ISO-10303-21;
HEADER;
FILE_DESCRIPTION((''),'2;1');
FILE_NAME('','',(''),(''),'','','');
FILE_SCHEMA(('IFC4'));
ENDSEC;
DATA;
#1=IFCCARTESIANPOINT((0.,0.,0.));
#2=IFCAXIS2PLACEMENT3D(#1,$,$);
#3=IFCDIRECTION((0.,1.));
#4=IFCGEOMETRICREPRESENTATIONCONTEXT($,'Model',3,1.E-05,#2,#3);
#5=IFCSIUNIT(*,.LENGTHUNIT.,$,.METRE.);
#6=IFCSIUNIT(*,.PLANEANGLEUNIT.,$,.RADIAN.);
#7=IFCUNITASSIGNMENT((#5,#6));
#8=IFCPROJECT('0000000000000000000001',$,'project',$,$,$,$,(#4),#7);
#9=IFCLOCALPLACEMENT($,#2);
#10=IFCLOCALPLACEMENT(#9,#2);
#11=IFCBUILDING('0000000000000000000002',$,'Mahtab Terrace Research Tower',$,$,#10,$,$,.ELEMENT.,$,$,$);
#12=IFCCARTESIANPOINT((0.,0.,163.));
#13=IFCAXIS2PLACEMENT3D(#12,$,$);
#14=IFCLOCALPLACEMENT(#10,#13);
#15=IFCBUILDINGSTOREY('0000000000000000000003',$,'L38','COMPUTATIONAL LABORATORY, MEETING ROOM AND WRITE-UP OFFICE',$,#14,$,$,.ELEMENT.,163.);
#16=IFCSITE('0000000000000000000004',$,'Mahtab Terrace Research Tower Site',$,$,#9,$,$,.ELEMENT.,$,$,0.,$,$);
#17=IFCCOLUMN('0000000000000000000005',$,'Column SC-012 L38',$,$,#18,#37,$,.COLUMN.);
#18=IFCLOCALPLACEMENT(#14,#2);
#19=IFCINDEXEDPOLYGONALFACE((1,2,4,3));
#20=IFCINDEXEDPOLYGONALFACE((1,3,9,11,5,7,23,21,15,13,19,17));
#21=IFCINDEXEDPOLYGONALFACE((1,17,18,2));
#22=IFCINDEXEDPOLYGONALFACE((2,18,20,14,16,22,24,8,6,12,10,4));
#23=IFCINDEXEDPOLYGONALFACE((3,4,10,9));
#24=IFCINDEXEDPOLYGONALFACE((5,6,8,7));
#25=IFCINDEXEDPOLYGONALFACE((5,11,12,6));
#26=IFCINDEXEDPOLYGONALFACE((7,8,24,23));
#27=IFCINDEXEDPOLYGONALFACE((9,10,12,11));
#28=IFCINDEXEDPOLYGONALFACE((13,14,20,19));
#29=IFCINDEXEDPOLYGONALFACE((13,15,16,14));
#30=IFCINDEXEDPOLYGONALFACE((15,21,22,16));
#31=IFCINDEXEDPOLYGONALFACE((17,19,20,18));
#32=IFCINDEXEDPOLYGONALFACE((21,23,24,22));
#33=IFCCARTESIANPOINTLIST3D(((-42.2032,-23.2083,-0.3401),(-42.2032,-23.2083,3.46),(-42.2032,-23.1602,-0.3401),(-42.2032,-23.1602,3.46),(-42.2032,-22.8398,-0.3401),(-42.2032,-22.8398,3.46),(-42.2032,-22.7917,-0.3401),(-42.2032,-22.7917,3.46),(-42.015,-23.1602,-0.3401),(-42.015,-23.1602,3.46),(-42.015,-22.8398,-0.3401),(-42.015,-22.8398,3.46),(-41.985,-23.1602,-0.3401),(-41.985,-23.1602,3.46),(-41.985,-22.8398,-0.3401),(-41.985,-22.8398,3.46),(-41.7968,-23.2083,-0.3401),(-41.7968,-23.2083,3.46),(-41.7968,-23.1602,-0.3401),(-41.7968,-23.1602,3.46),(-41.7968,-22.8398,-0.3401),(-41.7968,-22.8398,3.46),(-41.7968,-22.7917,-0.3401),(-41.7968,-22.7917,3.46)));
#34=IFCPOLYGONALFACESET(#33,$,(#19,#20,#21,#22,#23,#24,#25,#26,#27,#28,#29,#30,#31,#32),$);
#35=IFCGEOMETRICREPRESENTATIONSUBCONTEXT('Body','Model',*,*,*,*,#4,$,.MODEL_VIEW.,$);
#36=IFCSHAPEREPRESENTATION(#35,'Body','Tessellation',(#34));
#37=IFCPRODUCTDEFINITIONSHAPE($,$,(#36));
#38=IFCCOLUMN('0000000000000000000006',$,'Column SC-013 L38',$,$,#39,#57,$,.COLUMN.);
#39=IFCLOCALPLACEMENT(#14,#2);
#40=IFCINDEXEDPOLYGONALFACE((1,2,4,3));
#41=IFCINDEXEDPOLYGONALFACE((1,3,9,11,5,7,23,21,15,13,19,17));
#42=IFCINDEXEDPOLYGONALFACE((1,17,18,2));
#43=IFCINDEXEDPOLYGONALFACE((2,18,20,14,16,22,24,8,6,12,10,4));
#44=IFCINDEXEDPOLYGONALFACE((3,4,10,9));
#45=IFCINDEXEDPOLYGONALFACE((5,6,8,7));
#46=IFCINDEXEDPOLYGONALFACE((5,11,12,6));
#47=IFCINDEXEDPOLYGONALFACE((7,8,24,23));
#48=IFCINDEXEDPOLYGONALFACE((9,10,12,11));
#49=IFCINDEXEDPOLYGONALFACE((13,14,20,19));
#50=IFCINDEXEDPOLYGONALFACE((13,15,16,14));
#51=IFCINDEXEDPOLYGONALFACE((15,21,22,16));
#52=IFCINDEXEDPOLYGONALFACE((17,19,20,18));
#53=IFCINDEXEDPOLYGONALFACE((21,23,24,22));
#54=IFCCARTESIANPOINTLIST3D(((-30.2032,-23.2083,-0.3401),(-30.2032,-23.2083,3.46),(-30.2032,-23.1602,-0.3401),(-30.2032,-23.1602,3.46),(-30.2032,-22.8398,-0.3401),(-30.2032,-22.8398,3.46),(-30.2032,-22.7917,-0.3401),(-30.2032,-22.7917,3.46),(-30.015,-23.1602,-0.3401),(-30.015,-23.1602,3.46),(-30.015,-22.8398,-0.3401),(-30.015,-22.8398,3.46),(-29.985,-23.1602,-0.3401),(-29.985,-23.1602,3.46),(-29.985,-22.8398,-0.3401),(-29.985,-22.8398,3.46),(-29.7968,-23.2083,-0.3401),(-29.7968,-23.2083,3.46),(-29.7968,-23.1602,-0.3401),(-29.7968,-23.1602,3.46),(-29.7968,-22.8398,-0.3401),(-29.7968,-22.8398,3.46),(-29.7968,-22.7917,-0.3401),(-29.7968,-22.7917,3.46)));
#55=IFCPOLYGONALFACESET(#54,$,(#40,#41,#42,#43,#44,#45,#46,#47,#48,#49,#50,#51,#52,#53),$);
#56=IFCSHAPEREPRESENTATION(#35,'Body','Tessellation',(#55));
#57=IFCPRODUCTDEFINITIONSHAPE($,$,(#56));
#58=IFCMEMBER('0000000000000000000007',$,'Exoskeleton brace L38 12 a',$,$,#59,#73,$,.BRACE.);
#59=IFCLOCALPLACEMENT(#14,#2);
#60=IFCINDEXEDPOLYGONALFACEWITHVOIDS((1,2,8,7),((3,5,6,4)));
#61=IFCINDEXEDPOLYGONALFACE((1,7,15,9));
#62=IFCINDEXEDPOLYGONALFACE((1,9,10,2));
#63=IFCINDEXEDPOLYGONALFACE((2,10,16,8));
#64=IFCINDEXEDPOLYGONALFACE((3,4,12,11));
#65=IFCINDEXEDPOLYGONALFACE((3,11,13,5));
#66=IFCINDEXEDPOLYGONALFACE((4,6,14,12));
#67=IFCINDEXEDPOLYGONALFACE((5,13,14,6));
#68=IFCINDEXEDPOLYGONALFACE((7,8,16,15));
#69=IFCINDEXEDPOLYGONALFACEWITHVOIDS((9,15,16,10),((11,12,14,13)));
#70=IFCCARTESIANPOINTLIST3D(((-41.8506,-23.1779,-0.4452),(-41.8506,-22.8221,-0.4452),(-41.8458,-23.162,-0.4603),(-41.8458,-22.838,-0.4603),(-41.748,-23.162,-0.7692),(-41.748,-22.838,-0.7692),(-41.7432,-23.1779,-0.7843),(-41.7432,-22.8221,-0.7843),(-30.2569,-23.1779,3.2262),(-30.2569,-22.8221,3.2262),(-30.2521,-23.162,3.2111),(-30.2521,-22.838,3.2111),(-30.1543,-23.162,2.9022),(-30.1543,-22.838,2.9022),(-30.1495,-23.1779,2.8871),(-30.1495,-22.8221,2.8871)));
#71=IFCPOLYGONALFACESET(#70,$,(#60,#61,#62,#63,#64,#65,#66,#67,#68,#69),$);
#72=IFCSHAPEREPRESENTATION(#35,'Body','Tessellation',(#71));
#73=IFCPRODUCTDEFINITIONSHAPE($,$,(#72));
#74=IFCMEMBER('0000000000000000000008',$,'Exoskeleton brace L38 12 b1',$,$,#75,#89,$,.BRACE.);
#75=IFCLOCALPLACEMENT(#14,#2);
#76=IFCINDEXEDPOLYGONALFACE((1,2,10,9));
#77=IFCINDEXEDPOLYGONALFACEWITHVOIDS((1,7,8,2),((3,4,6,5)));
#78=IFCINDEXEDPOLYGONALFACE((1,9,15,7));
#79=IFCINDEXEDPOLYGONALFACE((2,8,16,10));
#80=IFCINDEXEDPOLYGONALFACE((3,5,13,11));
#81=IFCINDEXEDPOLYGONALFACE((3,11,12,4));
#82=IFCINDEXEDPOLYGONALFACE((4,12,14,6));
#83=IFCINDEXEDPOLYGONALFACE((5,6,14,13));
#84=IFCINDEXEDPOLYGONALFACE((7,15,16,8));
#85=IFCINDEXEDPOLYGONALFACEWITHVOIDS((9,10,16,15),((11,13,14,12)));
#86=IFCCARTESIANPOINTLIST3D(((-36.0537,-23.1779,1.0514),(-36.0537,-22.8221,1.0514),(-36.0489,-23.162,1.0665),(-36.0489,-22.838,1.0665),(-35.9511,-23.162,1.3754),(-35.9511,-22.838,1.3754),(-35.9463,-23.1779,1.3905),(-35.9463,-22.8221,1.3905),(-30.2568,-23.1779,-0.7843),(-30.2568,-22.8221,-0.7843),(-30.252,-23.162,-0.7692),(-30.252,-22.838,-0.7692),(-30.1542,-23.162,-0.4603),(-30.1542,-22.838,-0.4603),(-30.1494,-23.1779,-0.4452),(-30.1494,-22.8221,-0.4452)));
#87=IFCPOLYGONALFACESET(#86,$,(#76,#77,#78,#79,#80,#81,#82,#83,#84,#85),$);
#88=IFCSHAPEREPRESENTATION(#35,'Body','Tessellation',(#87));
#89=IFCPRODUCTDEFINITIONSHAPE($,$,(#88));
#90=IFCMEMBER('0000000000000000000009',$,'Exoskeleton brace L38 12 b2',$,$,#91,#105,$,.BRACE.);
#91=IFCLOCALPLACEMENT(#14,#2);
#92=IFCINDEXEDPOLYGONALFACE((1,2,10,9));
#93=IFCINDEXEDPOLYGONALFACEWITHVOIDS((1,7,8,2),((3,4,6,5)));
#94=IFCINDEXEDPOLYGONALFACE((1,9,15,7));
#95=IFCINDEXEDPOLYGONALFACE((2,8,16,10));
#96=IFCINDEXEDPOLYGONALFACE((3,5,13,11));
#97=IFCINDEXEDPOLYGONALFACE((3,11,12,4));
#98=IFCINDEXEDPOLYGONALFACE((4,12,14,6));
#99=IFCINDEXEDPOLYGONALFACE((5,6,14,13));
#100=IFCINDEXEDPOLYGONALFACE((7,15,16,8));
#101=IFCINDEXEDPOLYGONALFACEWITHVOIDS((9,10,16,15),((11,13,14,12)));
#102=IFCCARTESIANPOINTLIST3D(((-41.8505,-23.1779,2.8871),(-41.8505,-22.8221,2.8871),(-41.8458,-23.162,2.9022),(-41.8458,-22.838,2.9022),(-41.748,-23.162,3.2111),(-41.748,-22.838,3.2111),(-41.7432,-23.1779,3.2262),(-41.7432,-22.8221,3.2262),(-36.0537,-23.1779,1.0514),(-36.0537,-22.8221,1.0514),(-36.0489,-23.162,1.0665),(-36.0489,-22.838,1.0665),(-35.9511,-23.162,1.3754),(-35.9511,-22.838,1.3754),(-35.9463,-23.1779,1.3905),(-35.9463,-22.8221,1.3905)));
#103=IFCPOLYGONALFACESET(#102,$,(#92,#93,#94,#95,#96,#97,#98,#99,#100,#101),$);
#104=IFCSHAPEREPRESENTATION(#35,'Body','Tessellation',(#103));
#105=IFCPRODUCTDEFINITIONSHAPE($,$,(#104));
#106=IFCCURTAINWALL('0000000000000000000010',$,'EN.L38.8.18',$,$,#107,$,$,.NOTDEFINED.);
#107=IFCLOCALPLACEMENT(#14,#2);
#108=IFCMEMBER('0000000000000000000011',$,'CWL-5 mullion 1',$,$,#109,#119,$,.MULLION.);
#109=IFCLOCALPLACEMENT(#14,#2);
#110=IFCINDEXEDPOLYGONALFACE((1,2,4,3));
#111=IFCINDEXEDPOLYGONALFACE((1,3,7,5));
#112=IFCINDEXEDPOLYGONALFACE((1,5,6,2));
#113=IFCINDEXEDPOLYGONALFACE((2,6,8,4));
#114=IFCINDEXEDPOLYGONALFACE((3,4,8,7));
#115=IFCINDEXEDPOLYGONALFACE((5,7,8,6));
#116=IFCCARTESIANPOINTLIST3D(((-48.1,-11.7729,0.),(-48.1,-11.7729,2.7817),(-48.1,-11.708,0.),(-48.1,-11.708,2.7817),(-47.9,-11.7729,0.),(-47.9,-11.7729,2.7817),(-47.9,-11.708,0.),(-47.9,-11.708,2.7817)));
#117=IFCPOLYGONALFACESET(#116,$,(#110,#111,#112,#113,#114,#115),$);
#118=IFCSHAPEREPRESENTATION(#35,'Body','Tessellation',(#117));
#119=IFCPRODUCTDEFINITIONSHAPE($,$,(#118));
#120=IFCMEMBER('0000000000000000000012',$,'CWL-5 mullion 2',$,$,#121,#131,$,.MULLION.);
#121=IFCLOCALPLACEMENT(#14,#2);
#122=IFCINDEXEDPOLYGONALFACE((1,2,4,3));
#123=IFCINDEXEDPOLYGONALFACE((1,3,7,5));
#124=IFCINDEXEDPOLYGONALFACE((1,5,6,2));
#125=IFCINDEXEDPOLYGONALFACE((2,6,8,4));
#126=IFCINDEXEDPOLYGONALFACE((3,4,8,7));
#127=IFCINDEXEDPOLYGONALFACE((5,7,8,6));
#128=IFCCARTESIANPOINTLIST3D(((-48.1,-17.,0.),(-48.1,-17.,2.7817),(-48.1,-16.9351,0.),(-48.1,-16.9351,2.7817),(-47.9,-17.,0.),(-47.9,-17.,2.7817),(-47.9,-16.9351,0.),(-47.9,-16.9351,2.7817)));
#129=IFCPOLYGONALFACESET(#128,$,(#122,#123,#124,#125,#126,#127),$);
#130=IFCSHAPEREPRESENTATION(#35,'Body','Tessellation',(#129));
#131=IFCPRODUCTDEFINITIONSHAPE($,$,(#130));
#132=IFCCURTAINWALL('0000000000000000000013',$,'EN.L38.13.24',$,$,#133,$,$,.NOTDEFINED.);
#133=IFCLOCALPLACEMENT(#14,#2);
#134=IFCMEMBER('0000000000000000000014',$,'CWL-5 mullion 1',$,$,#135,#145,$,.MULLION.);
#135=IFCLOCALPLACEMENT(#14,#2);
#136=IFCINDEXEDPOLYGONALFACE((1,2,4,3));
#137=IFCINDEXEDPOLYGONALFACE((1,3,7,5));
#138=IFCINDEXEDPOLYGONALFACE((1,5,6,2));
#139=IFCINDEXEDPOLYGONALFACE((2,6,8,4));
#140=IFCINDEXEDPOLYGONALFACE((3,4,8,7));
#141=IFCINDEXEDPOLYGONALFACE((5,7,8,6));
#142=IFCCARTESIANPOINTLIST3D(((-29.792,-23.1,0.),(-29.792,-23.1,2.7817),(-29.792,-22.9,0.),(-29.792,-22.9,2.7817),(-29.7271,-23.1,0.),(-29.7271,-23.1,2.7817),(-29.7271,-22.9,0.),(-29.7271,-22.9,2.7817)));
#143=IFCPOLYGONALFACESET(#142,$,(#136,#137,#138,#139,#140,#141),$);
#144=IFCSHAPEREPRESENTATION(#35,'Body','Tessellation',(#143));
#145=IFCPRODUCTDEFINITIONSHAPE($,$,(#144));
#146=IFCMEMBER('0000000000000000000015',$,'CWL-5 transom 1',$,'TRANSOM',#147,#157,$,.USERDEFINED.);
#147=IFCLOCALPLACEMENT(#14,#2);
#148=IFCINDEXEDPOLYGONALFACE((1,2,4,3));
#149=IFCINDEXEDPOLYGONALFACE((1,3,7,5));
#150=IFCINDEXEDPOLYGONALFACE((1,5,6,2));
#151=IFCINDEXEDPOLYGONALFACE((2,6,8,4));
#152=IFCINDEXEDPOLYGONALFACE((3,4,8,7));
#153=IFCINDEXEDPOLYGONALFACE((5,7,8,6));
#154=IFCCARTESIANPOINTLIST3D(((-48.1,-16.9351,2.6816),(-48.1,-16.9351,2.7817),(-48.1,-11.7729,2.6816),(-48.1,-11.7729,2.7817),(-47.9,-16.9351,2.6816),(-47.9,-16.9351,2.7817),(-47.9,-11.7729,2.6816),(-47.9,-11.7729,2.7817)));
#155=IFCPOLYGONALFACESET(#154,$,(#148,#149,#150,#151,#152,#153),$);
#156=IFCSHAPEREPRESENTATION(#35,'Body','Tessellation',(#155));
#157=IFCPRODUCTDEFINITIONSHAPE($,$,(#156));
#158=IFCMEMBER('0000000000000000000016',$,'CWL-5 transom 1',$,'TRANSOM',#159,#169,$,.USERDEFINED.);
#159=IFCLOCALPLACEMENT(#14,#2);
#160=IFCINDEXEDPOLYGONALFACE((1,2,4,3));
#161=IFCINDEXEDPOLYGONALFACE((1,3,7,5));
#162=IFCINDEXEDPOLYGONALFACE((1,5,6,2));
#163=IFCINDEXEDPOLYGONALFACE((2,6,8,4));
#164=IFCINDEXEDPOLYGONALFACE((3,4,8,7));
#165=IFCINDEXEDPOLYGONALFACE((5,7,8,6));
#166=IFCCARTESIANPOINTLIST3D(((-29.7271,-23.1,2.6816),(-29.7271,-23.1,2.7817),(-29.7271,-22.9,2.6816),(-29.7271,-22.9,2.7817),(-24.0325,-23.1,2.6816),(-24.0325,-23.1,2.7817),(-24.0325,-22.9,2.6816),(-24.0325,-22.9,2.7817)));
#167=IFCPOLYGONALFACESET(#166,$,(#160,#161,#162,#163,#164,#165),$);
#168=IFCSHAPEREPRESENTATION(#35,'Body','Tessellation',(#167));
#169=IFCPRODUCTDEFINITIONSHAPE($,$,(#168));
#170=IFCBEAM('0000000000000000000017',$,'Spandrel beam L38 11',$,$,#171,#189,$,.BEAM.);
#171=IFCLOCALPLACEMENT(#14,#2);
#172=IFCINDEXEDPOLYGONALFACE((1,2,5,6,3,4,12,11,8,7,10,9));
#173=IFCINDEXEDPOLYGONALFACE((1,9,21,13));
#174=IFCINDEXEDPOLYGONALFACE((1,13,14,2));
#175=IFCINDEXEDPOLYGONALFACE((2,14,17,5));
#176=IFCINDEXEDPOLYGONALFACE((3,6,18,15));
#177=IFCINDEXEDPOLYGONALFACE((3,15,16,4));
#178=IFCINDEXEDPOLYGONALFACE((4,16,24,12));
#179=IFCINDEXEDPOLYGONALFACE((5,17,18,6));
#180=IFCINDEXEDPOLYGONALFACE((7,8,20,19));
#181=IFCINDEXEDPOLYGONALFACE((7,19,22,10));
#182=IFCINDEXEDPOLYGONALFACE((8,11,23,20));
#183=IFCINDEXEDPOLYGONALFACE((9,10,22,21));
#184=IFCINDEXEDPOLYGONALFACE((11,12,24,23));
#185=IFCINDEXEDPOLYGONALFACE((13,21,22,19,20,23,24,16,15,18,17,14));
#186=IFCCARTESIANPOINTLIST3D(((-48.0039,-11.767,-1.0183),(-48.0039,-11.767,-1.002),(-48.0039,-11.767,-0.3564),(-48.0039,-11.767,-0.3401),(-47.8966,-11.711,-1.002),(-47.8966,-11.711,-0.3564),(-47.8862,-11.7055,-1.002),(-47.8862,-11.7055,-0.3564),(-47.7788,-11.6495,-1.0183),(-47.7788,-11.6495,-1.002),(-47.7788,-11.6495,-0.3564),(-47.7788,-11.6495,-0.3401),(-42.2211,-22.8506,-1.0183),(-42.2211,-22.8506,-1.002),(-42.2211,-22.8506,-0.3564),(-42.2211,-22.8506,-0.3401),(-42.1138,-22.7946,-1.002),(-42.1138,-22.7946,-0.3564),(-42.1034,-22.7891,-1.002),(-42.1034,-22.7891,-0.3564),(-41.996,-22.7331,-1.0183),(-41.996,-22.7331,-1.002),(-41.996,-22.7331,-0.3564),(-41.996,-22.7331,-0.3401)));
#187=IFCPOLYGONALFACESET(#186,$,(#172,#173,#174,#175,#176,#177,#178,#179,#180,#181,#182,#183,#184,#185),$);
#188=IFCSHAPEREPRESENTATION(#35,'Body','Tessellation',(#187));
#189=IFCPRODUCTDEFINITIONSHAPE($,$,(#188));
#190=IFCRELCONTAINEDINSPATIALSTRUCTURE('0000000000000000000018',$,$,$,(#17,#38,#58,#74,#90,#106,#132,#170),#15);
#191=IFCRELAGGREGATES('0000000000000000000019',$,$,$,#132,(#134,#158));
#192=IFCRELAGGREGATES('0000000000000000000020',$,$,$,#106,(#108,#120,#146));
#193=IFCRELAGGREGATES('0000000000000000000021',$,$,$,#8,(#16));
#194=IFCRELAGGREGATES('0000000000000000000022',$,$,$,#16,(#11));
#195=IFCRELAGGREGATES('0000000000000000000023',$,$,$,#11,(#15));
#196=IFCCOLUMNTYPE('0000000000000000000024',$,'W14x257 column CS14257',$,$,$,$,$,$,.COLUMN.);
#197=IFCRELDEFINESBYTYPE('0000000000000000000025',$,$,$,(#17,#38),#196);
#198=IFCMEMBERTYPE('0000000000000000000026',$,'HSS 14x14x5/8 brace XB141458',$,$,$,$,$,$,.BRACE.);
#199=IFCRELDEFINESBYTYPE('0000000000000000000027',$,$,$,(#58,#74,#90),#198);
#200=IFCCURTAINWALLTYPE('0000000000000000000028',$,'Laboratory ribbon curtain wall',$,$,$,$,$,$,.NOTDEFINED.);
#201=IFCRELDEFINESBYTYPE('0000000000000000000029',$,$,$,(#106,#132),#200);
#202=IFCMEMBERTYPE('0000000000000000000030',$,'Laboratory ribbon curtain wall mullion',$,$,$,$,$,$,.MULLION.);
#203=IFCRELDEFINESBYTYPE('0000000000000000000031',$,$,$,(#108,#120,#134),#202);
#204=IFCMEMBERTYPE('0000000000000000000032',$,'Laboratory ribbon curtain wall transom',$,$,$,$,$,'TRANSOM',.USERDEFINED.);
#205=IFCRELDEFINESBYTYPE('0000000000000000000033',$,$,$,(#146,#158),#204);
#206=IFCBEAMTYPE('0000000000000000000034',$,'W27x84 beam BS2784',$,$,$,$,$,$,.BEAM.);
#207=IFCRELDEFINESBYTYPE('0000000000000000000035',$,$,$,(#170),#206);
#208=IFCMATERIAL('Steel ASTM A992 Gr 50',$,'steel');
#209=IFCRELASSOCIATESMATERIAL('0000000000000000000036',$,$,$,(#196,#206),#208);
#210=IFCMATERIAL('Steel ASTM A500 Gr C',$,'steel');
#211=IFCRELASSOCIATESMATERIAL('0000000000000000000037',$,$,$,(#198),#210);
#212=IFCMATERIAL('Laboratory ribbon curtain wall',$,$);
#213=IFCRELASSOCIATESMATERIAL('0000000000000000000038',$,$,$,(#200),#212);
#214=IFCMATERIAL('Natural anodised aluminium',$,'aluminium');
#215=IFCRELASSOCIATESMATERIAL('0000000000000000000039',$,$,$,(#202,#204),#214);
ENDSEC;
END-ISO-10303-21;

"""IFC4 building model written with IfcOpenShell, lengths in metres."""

from ifc_helpers import new_model, si_unit, direction, frame, origin, origin_2d, place, context, subcontext, project, spatial, rectangle, hollow_rectangle, i_section, extrude, material, material_profile, profile_set, type_object, element, aggregate, save


model = new_model("IFC4")

# Units and contexts
model_context = context("Model", 3, precision=1e-05, world=origin(), true_north=direction((0.0, 1.0)))
body_context = subcontext(model_context, "Body", "Model", "MODEL_VIEW")
ifc_project = project(units=[si_unit("LENGTHUNIT", "METRE"), si_unit("PLANEANGLEUNIT", "RADIAN")], contexts=[model_context])

# Site, building, storey
site_placement = place(None, origin())
site = spatial("IfcSite", under=ifc_project, at=site_placement, Name="Mahtab Terrace Research Tower Site", CompositionType="ELEMENT", RefElevation=0.0)
building_placement = place(site_placement, origin())
building = spatial("IfcBuilding", under=site, at=building_placement, Name="Mahtab Terrace Research Tower", CompositionType="ELEMENT")
storey_placement = place(building_placement, frame((0.0, 0.0, 163.0)))
storey = spatial("IfcBuildingStorey", under=building, at=storey_placement, Name="L38", Description="COMPUTATIONAL LABORATORY, MEETING ROOM AND WRITE-UP OFFICE", CompositionType="ELEMENT", Elevation=163.0)

# Columns
ifc_material_1 = material(Name="Steel ASTM A992 Gr 50", Category="steel")
ifc_material_profile_1 = material_profile(ifc_material_1, i_section(OverallWidth=0.4065, OverallDepth=0.4165, WebThickness=0.03, FlangeThickness=0.0481, at=origin_2d()), Name="W14X257")
ifc_profile_set_1 = profile_set([ifc_material_profile_1], Name="Steel ASTM A992 Gr 50")
column_type = type_object("IfcColumnType", Name="W14x257 column CS14257", PredefinedType="COLUMN", material=ifc_profile_set_1)
for number, where, z_axis, x_axis, name in (
    (1, (-42.0, -23.0, -0.3401), (0.0, 0.0, 1.0), (1.0, 0.0, 0.0), "Column SC-012 L38"),
    (2, (-30.0, -23.0, -0.3401), (0.0, 0.0, 1.0), (1.0, 0.0, 0.0), "Column SC-013 L38"),
):
    element("IfcColumn", number, at=place(storey_placement, frame(where, z_axis=z_axis, x_axis=x_axis)), inside=storey, type_object=column_type, Name=name, PredefinedType="COLUMN", context=body_context, shape_type="SweptSolid", body=[
        extrude(i_section(OverallWidth=0.4065, OverallDepth=0.4165, WebThickness=0.03, FlangeThickness=0.0481, at=origin_2d()), origin(), (0.0, 0.0, 1.0), 3.8),
    ])

# Members
ifc_material_2 = material(Name="Steel ASTM A500 Gr C", Category="steel")
ifc_material_profile_2 = material_profile(ifc_material_2, hollow_rectangle(XDim=0.3557, YDim=0.3557, WallThickness=0.0159, at=origin_2d()), Name="HSS14X14X5/8")
ifc_profile_set_2 = profile_set([ifc_material_profile_2], Name="Steel ASTM A500 Gr C")
member_type_1 = type_object("IfcMemberType", Name="HSS 14x14x5/8 brace XB141458", PredefinedType="BRACE", material=ifc_profile_set_2)
member_1_placement = place(storey_placement, frame((-41.7969, -23.0, -0.6147), z_axis=(0.953341, 0.0, 0.301894), x_axis=(0.0, 1.0, 0.0)))
element("IfcMember", 3, at=member_1_placement, inside=storey, type_object=member_type_1, Name="Exoskeleton brace L38 12 a", PredefinedType="BRACE", context=body_context, shape_type="SweptSolid", body=[
    extrude(hollow_rectangle(XDim=0.3557, YDim=0.3557, WallThickness=0.0159, at=origin_2d()), origin(), (0.0, 0.0, 1.0), 12.1611),
])
for number, where, z_axis, x_axis, name in (
    (4, (-30.2031, -23.0, -0.6147), (-0.953341, 0.0, 0.301894), (0.0, -1.0, 0.0), "Exoskeleton brace L38 12 b1"),
    (5, (-36.0, -23.0, 1.2209), (-0.953341, 0.0, 0.301894), (0.0, -1.0, 0.0), "Exoskeleton brace L38 12 b2"),
):
    element("IfcMember", number, at=place(storey_placement, frame(where, z_axis=z_axis, x_axis=x_axis)), inside=storey, type_object=member_type_1, Name=name, PredefinedType="BRACE", context=body_context, shape_type="SweptSolid", body=[
        extrude(hollow_rectangle(XDim=0.3557, YDim=0.3557, WallThickness=0.0159, at=origin_2d()), origin(), (0.0, 0.0, 1.0), 6.0806),
    ])

# Curtain wall, members
ifc_material_3 = material(Name="Laboratory ribbon curtain wall")
curtain_wall_type = type_object("IfcCurtainWallType", Name="Laboratory ribbon curtain wall", PredefinedType="NOTDEFINED", material=ifc_material_3)
curtain_wall_1_placement = place(storey_placement, origin())
curtain_wall_1 = element("IfcCurtainWall", 6, at=curtain_wall_1_placement, inside=storey, type_object=curtain_wall_type, Name="EN.L38.8.18", PredefinedType="NOTDEFINED")
ifc_material_4 = material(Name="Natural anodised aluminium", Category="aluminium")
ifc_material_profile_3 = material_profile(ifc_material_4, rectangle(XDim=0.2, YDim=0.0649, at=origin_2d()), Name="MULLION 65x200")
ifc_profile_set_3 = profile_set([ifc_material_profile_3], Name="Natural anodised aluminium")
member_type_2 = type_object("IfcMemberType", Name="Laboratory ribbon curtain wall mullion", PredefinedType="MULLION", material=ifc_profile_set_3)
member_2_placement = place(storey_placement, frame((-48.0, -11.7405, 0.0), z_axis=(0.0, 0.0, 1.0), x_axis=(1.0, 0.0, 0.0)))
member_2 = element("IfcMember", 7, at=member_2_placement, type_object=member_type_2, Name="CWL-5 mullion 1", PredefinedType="MULLION", context=body_context, shape_type="SweptSolid", body=[
    extrude(rectangle(XDim=0.2, YDim=0.0649, at=origin_2d()), origin(), (0.0, 0.0, 1.0), 2.7817),
])
member_3_placement = place(storey_placement, frame((-48.0, -16.9675, 0.0), z_axis=(0.0, 0.0, 1.0), x_axis=(1.0, 0.0, 0.0)))
member_3 = element("IfcMember", 8, at=member_3_placement, type_object=member_type_2, Name="CWL-5 mullion 2", PredefinedType="MULLION", context=body_context, shape_type="SweptSolid", body=[
    extrude(rectangle(XDim=0.2, YDim=0.0649, at=origin_2d()), origin(), (0.0, 0.0, 1.0), 2.7817),
])

# Curtain wall, member
curtain_wall_2_placement = place(storey_placement, origin())
curtain_wall_2 = element("IfcCurtainWall", 9, at=curtain_wall_2_placement, inside=storey, type_object=curtain_wall_type, Name="EN.L38.13.24", PredefinedType="NOTDEFINED")
member_4_placement = place(storey_placement, frame((-29.7595, -23.0, 0.0), z_axis=(0.0, 0.0, 1.0), x_axis=(0.0, 1.0, 0.0)))
member_4 = element("IfcMember", 10, at=member_4_placement, type_object=member_type_2, Name="CWL-5 mullion 1", PredefinedType="MULLION", context=body_context, shape_type="SweptSolid", body=[
    extrude(rectangle(XDim=0.2, YDim=0.0649, at=origin_2d()), origin(), (0.0, 0.0, 1.0), 2.7817),
])

# Members
ifc_material_profile_4 = material_profile(ifc_material_4, rectangle(XDim=0.2, YDim=0.1001, at=origin_2d()), Name="TRANSOM 100x200")
ifc_profile_set_4 = profile_set([ifc_material_profile_4], Name="Natural anodised aluminium")
member_type_3 = type_object("IfcMemberType", Name="Laboratory ribbon curtain wall transom", ElementType="TRANSOM", PredefinedType="USERDEFINED", material=ifc_profile_set_4)
member_5_placement = place(storey_placement, frame((-48.0, -11.7729, 2.7317), z_axis=(0.0, -1.0, 0.0), x_axis=(1.0, 0.0, 0.0)))
member_5 = element("IfcMember", 11, at=member_5_placement, type_object=member_type_3, Name="CWL-5 transom 1", ObjectType="TRANSOM", PredefinedType="USERDEFINED", context=body_context, shape_type="SweptSolid", body=[
    extrude(rectangle(XDim=0.2, YDim=0.1001, at=origin_2d()), origin(), (0.0, 0.0, 1.0), 5.1621),
])
member_6_placement = place(storey_placement, frame((-29.7271, -23.0, 2.7317), z_axis=(1.0, 0.0, 0.0), x_axis=(0.0, 1.0, 0.0)))
member_6 = element("IfcMember", 12, at=member_6_placement, type_object=member_type_3, Name="CWL-5 transom 1", ObjectType="TRANSOM", PredefinedType="USERDEFINED", context=body_context, shape_type="SweptSolid", body=[
    extrude(rectangle(XDim=0.2, YDim=0.1001, at=origin_2d()), origin(), (0.0, 0.0, 1.0), 5.6946),
])
aggregate(curtain_wall_2, [member_4, member_6])

# Beam
ifc_material_profile_5 = material_profile(ifc_material_1, i_section(OverallWidth=0.2539, OverallDepth=0.6782, WebThickness=0.0117, FlangeThickness=0.0164, at=origin_2d()), Name="W27X84")
ifc_profile_set_5 = profile_set([ifc_material_profile_5], Name="Steel ASTM A992 Gr 50")
beam_type = type_object("IfcBeamType", Name="W27x84 beam BS2784", PredefinedType="BEAM", material=ifc_profile_set_5)
beam_placement = place(storey_placement, frame((-47.8914, -11.7083, -0.6792), z_axis=(0.462567, -0.886584, 0.0), x_axis=(0.886584, 0.462567, 0.0)))
element("IfcBeam", 13, at=beam_placement, inside=storey, type_object=beam_type, Name="Spandrel beam L38 11", PredefinedType="BEAM", context=body_context, shape_type="SweptSolid", body=[
    extrude(i_section(OverallWidth=0.2539, OverallDepth=0.6782, WebThickness=0.0117, FlangeThickness=0.0164, at=origin_2d()), origin(), (0.0, 0.0, 1.0), 12.5015),
])

aggregate(curtain_wall_1, [member_2, member_3, member_5])

save(model, "model.ifc")
